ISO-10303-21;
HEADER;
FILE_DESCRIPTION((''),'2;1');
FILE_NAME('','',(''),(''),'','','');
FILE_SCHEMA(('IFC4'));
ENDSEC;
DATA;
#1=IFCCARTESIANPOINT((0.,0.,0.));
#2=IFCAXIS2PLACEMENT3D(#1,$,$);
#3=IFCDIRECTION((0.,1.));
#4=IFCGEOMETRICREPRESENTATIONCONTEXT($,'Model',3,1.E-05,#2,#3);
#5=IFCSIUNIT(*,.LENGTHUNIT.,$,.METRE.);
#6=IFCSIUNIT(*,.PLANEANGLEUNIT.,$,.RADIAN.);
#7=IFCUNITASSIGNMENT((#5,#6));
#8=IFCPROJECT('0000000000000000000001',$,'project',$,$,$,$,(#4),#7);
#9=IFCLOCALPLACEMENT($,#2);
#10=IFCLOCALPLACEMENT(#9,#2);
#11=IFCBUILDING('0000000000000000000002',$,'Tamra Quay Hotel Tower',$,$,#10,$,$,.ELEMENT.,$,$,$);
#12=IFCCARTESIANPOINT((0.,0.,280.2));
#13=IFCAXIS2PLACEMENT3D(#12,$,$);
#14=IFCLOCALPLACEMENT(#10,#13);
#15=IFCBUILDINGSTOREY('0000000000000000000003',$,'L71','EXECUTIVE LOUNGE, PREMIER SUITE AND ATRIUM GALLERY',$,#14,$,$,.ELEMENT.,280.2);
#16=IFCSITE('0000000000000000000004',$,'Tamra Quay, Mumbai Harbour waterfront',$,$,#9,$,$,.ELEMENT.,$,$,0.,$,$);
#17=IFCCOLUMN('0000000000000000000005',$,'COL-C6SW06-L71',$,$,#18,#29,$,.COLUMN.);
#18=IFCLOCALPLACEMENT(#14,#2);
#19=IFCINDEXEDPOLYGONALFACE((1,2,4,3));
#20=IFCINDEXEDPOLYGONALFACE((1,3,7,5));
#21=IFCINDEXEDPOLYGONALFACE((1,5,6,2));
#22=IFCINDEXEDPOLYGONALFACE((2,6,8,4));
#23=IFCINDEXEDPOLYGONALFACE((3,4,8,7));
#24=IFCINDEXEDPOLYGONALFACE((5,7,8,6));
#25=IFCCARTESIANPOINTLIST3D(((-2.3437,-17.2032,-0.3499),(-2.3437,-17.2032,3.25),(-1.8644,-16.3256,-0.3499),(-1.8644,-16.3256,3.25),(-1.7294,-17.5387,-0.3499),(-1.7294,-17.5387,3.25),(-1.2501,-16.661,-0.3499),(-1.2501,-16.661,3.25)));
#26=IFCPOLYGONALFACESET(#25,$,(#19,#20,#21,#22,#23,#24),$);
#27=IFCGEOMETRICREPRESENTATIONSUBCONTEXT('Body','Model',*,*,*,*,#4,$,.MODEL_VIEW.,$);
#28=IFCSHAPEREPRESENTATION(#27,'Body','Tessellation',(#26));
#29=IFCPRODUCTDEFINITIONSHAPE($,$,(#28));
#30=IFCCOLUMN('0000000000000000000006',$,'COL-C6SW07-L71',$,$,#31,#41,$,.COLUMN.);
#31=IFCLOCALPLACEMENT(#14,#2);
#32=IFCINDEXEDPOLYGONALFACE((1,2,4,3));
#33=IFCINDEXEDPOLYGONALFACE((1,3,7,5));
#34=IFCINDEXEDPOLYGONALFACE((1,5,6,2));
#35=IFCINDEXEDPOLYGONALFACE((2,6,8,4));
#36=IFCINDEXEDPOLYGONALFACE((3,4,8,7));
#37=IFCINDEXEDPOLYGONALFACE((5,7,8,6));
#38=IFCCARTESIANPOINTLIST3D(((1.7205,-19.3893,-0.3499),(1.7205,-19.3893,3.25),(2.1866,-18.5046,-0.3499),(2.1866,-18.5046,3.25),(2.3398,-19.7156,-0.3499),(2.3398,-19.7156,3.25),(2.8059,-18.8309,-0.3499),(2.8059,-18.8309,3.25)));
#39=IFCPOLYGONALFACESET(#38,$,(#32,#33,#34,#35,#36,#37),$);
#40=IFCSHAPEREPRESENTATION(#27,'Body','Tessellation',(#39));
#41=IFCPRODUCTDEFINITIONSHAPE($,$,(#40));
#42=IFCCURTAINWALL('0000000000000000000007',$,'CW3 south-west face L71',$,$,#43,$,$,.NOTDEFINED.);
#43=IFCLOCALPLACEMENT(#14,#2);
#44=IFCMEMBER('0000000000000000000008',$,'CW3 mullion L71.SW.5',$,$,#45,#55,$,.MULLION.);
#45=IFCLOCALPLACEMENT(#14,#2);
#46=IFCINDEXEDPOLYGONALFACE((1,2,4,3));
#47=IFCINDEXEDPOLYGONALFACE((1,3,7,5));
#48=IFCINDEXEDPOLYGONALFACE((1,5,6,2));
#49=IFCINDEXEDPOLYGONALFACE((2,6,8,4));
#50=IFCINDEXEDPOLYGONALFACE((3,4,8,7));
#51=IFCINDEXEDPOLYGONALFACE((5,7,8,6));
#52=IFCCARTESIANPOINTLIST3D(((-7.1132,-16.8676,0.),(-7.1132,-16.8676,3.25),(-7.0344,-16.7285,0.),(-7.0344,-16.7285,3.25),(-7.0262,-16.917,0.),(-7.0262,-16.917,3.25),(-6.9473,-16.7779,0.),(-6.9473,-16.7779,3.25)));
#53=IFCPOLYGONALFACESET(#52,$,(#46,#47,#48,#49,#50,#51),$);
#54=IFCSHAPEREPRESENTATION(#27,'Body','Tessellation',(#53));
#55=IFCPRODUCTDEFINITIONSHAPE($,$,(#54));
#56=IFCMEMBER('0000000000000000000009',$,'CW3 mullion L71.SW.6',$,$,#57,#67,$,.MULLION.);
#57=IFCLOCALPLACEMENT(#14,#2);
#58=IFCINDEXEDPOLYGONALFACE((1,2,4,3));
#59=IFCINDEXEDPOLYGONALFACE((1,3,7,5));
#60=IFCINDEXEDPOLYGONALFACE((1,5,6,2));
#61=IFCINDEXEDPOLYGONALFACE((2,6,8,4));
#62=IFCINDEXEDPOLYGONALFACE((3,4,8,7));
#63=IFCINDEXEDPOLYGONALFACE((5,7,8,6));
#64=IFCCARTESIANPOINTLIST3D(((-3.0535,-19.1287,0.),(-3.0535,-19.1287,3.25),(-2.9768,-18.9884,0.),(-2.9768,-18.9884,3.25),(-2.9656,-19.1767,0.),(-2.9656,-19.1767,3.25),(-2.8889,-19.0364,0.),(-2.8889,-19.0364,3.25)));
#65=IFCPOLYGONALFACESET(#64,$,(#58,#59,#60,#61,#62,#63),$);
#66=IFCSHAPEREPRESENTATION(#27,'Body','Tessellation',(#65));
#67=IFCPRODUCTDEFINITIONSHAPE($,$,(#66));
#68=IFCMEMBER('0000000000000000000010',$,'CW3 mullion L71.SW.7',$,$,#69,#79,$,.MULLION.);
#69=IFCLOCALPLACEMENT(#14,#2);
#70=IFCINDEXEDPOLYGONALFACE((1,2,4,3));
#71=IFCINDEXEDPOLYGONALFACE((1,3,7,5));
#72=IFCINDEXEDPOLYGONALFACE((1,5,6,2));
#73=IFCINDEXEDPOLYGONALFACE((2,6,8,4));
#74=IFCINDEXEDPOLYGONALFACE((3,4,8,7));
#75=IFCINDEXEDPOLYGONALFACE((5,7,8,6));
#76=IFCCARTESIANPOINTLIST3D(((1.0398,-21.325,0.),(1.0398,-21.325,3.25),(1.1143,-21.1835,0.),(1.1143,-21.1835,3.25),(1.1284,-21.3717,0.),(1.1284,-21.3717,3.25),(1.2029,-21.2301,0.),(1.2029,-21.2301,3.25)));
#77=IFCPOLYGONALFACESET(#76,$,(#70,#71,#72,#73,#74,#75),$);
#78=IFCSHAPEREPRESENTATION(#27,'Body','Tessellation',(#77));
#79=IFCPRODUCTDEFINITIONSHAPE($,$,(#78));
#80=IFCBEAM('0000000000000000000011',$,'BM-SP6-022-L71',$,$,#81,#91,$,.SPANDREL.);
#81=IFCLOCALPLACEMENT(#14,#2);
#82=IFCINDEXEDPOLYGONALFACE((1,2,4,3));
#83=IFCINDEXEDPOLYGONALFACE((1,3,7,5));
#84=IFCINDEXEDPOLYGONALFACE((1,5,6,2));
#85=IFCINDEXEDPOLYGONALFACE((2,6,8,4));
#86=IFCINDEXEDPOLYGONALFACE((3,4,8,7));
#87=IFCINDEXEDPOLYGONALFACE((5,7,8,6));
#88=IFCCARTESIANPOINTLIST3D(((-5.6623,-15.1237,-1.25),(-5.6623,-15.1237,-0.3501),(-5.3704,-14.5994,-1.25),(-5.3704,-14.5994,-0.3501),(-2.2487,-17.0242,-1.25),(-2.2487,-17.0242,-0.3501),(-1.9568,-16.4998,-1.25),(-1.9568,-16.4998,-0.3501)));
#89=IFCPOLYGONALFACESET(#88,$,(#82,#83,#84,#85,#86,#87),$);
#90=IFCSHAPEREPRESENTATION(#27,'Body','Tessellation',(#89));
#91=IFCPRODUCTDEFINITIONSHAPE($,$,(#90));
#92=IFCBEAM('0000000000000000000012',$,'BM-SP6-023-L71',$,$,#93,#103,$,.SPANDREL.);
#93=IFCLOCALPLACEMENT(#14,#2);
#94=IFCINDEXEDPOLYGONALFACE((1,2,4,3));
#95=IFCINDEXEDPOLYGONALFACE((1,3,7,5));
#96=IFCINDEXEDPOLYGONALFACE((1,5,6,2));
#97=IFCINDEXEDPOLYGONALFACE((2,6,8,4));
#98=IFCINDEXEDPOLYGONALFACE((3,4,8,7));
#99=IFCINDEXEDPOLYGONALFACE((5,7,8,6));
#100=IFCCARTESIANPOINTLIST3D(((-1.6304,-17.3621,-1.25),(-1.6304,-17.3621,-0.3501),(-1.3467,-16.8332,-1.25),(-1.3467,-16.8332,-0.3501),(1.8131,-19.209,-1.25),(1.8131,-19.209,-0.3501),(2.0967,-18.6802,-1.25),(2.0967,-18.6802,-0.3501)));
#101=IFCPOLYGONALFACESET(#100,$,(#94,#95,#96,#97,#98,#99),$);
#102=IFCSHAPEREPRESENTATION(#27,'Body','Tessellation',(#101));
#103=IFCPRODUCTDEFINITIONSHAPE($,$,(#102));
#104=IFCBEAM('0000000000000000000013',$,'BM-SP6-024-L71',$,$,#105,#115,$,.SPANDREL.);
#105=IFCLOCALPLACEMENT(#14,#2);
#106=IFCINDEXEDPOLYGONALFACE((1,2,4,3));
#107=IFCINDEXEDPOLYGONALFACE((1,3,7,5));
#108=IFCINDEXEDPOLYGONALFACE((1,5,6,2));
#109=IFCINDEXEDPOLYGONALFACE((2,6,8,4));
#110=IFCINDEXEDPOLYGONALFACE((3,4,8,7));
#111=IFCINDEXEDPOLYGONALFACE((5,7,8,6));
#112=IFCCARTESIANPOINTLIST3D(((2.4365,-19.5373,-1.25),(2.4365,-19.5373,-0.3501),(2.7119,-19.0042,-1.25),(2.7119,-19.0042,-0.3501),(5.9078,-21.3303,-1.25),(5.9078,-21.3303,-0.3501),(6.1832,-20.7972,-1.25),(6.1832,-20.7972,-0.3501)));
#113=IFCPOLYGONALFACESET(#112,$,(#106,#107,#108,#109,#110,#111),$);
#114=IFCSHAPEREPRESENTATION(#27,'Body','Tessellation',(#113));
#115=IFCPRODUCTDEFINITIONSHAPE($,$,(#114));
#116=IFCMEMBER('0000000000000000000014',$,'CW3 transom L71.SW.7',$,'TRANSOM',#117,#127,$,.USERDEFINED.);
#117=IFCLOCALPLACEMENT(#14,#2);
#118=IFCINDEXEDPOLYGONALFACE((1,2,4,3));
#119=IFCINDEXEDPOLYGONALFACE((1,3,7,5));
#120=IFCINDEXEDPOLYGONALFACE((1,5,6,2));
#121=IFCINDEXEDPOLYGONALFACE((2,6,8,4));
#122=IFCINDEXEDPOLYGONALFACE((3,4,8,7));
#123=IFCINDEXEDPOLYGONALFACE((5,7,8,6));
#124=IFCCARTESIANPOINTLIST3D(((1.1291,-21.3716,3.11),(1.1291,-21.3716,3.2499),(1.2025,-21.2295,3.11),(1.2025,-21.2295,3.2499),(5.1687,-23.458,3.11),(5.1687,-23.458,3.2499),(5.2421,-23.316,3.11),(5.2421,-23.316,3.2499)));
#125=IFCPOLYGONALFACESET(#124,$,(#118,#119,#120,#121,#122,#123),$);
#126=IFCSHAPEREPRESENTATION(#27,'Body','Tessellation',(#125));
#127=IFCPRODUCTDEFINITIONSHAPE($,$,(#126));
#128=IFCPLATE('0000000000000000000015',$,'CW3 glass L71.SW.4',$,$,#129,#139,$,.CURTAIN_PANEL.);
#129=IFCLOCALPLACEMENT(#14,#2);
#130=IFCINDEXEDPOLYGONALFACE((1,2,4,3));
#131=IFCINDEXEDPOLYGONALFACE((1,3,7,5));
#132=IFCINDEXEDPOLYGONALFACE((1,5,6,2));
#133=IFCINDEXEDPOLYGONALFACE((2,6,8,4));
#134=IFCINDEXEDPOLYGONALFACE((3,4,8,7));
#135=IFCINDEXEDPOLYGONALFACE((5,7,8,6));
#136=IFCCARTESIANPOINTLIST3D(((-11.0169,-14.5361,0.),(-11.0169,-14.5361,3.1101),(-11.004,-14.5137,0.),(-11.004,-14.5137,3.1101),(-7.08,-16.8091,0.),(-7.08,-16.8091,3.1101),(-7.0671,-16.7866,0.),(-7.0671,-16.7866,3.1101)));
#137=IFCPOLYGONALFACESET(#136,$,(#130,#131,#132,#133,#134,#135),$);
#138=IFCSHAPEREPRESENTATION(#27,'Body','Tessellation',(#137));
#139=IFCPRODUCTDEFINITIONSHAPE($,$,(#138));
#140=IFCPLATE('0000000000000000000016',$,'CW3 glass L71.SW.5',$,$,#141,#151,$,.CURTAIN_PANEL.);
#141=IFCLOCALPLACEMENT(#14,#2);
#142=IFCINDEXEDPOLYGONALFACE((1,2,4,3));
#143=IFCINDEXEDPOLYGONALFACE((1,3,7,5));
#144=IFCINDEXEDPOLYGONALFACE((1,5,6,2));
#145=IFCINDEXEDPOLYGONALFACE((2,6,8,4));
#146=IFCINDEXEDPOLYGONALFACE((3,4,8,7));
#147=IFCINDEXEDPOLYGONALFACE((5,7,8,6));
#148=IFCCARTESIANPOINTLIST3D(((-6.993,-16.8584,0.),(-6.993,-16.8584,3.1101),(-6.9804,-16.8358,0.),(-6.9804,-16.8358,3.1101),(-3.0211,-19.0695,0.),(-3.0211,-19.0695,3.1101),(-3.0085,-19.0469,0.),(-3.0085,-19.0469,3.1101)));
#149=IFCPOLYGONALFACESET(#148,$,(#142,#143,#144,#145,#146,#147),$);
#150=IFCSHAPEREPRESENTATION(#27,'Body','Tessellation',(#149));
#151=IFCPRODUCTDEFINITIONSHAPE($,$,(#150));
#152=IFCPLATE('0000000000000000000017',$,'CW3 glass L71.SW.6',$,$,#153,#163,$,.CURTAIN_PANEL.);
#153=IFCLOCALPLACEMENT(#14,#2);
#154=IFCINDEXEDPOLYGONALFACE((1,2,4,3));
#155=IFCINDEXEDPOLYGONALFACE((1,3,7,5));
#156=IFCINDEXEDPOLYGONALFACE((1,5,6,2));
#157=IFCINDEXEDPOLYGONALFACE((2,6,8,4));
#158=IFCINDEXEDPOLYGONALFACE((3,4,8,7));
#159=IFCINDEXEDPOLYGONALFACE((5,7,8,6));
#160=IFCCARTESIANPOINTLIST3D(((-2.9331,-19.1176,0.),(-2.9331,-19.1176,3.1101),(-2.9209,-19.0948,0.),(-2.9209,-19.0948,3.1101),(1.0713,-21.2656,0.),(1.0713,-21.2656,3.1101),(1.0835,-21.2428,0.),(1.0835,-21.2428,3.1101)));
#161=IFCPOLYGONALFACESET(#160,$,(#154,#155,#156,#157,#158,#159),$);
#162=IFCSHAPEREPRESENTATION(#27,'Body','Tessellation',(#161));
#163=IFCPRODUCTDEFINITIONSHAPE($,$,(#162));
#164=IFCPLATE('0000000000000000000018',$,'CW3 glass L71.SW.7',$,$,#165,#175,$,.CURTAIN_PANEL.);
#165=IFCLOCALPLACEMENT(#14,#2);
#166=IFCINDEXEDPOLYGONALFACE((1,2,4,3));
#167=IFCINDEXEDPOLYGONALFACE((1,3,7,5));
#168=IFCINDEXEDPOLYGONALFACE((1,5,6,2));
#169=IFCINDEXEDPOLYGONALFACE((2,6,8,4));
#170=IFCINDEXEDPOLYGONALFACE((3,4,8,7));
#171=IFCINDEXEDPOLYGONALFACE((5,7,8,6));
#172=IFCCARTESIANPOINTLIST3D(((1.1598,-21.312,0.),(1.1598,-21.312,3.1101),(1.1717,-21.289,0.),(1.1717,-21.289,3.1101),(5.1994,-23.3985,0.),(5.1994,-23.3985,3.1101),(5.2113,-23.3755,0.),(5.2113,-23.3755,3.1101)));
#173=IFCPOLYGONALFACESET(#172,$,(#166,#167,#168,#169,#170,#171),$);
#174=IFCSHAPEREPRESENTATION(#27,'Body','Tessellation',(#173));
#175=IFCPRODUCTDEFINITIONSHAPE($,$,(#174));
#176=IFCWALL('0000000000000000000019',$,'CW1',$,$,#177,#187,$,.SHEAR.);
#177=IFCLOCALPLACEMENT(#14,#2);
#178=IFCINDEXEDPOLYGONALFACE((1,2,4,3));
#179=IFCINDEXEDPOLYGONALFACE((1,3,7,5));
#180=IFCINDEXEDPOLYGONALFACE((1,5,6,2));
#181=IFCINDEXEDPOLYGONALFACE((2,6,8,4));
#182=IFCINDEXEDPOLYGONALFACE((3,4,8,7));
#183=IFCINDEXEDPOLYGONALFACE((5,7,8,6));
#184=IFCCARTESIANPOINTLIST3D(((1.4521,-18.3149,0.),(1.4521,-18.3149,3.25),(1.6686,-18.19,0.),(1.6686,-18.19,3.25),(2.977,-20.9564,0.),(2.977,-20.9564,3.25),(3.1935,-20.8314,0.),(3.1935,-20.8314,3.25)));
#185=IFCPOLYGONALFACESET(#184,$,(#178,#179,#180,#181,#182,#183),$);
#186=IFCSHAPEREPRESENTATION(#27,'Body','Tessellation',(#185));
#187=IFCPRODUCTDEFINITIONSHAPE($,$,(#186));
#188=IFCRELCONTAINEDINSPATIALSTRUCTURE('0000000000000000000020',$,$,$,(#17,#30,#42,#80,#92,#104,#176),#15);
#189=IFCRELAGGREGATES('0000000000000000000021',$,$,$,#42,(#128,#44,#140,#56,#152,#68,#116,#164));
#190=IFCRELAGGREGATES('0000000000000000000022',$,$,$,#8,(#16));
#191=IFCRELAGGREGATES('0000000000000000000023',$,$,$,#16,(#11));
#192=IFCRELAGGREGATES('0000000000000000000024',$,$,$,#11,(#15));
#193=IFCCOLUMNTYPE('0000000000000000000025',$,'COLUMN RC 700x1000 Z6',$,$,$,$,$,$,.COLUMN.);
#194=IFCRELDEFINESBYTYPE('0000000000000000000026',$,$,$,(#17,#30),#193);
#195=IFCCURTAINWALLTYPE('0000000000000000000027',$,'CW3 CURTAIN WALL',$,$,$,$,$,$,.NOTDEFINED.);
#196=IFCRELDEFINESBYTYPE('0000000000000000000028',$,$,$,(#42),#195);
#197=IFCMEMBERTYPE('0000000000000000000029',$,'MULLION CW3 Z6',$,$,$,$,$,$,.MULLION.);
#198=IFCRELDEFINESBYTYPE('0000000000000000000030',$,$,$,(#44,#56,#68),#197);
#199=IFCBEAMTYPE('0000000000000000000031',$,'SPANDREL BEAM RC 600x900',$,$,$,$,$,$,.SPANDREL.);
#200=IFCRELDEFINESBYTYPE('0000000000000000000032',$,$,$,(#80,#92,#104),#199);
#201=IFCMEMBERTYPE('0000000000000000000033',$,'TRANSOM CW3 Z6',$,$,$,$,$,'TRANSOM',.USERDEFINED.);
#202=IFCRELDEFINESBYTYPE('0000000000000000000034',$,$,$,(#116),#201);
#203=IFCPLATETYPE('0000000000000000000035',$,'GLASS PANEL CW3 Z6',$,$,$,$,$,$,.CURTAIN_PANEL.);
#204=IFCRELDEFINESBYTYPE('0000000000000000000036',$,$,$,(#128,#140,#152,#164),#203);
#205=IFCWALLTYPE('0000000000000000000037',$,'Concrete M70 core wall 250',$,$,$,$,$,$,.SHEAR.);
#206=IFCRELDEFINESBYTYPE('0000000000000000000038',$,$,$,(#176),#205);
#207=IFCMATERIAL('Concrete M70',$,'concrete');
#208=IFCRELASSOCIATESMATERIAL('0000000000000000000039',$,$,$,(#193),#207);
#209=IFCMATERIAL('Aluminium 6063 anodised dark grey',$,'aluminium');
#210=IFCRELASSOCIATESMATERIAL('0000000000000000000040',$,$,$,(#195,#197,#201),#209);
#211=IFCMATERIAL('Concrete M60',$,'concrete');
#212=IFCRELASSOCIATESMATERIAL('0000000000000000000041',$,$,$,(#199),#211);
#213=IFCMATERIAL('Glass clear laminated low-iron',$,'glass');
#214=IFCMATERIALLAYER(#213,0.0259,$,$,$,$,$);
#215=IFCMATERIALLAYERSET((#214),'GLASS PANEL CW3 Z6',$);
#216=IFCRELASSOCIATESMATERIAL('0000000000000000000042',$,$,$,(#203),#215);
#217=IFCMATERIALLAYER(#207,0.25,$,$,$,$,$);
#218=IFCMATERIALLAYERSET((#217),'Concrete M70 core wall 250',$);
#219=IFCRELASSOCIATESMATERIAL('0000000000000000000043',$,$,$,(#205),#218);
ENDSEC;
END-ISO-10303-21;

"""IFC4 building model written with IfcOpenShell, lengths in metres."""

from ifc_helpers import new_model, si_unit, direction, frame, frame_2d, origin, origin_2d, place, context, subcontext, project, spatial, rectangle, extrude, material, layer, layer_set, material_profile, profile_set, type_object, element, aggregate, save


model = new_model("IFC4")

# Units and contexts
model_context = context("Model", 3, precision=1e-05, world=origin(), true_north=direction((0.0, 1.0)))
body_context = subcontext(model_context, "Body", "Model", "MODEL_VIEW")
ifc_project = project(units=[si_unit("LENGTHUNIT", "METRE"), si_unit("PLANEANGLEUNIT", "RADIAN")], contexts=[model_context])

# Site, building, storey
site_placement = place(None, origin())
site = spatial("IfcSite", under=ifc_project, at=site_placement, Name="Tamra Quay, Mumbai Harbour waterfront", CompositionType="ELEMENT", RefElevation=0.0)
building_placement = place(site_placement, origin())
building = spatial("IfcBuilding", under=site, at=building_placement, Name="Tamra Quay Hotel Tower", CompositionType="ELEMENT")
storey_placement = place(building_placement, frame((0.0, 0.0, 280.2)))
storey = spatial("IfcBuildingStorey", under=building, at=storey_placement, Name="L71", Description="EXECUTIVE LOUNGE, PREMIER SUITE AND ATRIUM GALLERY", CompositionType="ELEMENT", Elevation=280.2)

# Columns
ifc_material_1 = material(Name="Concrete M70", Category="concrete")
ifc_material_profile_1 = material_profile(ifc_material_1, rectangle(XDim=1.0, YDim=0.7, at=origin_2d()), Name="COLUMN RC 700x1000 Z6")
ifc_profile_set_1 = profile_set([ifc_material_profile_1], Name="Concrete M70")
column_type = type_object("IfcColumnType", Name="COLUMN RC 700x1000 Z6", PredefinedType="COLUMN", material=ifc_profile_set_1)
for number, where, z_axis, x_axis, name in (
    (1, (-1.7969, -16.9321, -0.3499), (0.0, 0.0, 1.0), (0.479288, 0.877658, 0.0), "COL-C6SW06-L71"),
    (2, (2.2632, -19.1101, -0.3499), (0.0, 0.0, 1.0), (0.466118, 0.884723, 0.0), "COL-C6SW07-L71"),
):
    element("IfcColumn", number, at=place(storey_placement, frame(where, z_axis=z_axis, x_axis=x_axis)), inside=storey, type_object=column_type, Name=name, PredefinedType="COLUMN", context=body_context, shape_type="SweptSolid", body=[
        extrude(rectangle(XDim=1.0, YDim=0.7, at=origin_2d()), origin(), (0.0, 0.0, 1.0), 3.5999),
    ])

# Curtain wall, members
ifc_material_2 = material(Name="Aluminium 6063 anodised dark grey", Category="aluminium")
curtain_wall_type = type_object("IfcCurtainWallType", Name="CW3 CURTAIN WALL", PredefinedType="NOTDEFINED", material=ifc_material_2)
curtain_wall_placement = place(storey_placement, origin())
curtain_wall = element("IfcCurtainWall", 3, at=curtain_wall_placement, inside=storey, type_object=curtain_wall_type, Name="CW3 south-west face L71", PredefinedType="NOTDEFINED")
ifc_material_profile_2 = material_profile(ifc_material_2, rectangle(XDim=0.1599, YDim=0.1001, at=origin_2d()), Name="MULLION 100X160")
ifc_profile_set_2 = profile_set([ifc_material_profile_2], Name="Aluminium 6063 anodised dark grey")
member_type_1 = type_object("IfcMemberType", Name="MULLION CW3 Z6", PredefinedType="MULLION", material=ifc_profile_set_2)
member_1_placement = place(storey_placement, frame((-7.0303, -16.8228, 0.0), z_axis=(0.0, 0.0, 1.0), x_axis=(-0.493215, -0.869907, 0.0)))
member_1 = element("IfcMember", 4, at=member_1_placement, type_object=member_type_1, Name="CW3 mullion L71.SW.5", PredefinedType="MULLION", context=body_context, shape_type="SweptSolid", body=[
    extrude(rectangle(XDim=0.1599, YDim=0.1001, at=origin_2d()), origin(), (0.0, 0.0, 1.0), 3.25),
])
member_2_placement = place(storey_placement, frame((-2.9712, -19.0825, 0.0), z_axis=(0.0, 0.0, 1.0), x_axis=(-0.479565, -0.877507, 0.0)))
member_2 = element("IfcMember", 5, at=member_2_placement, type_object=member_type_1, Name="CW3 mullion L71.SW.6", PredefinedType="MULLION", context=body_context, shape_type="SweptSolid", body=[
    extrude(rectangle(XDim=0.1599, YDim=0.1001, at=origin_2d()), origin(), (0.0, 0.0, 1.0), 3.25),
])
member_3_placement = place(storey_placement, frame((1.1213, -21.2776, 0.0), z_axis=(0.0, 0.0, 1.0), x_axis=(-0.465816, -0.884882, 0.0)))
member_3 = element("IfcMember", 6, at=member_3_placement, type_object=member_type_1, Name="CW3 mullion L71.SW.7", PredefinedType="MULLION", context=body_context, shape_type="SweptSolid", body=[
    extrude(rectangle(XDim=0.1599, YDim=0.1001, at=origin_2d()), origin(), (0.0, 0.0, 1.0), 3.25),
])

# Beams
ifc_material_3 = material(Name="Concrete M60", Category="concrete")
ifc_material_profile_3 = material_profile(ifc_material_3, rectangle(XDim=0.6001, YDim=0.8999, at=origin_2d()), Name="SPANDREL BEAM RC 600x900")
ifc_profile_set_3 = profile_set([ifc_material_profile_3], Name="Concrete M60")
beam_type = type_object("IfcBeamType", Name="SPANDREL BEAM RC 600x900", PredefinedType="SPANDREL", material=ifc_profile_set_3)
beam_1_placement = place(storey_placement, frame((-5.5164, -14.8616, -0.8), z_axis=(0.873727, -0.486417, 0.0), x_axis=(0.486417, 0.873727, 0.0)))
element("IfcBeam", 7, at=beam_1_placement, inside=storey, type_object=beam_type, Name="BM-SP6-022-L71", PredefinedType="SPANDREL", context=body_context, shape_type="SweptSolid", body=[
    extrude(rectangle(XDim=0.6001, YDim=0.8999, at=origin_2d()), origin(), (0.0, 0.0, 1.0), 3.907),
])
beam_2_placement = place(storey_placement, frame((-1.4885, -17.0977, -0.8), z_axis=(0.881238, -0.472672, 0.0), x_axis=(0.472672, 0.881238, 0.0)))
element("IfcBeam", 8, at=beam_2_placement, inside=storey, type_object=beam_type, Name="BM-SP6-023-L71", PredefinedType="SPANDREL", context=body_context, shape_type="SweptSolid", body=[
    extrude(rectangle(XDim=0.6001, YDim=0.8999, at=origin_2d()), origin(), (0.0, 0.0, 1.0), 3.9075),
])
beam_3_placement = place(storey_placement, frame((2.5742, -19.2708, -0.8), z_axis=(0.888476, -0.458923, 0.0), x_axis=(0.458923, 0.888476, 0.0)))
element("IfcBeam", 9, at=beam_3_placement, inside=storey, type_object=beam_type, Name="BM-SP6-024-L71", PredefinedType="SPANDREL", context=body_context, shape_type="SweptSolid", body=[
    extrude(rectangle(XDim=0.6001, YDim=0.8999, at=origin_2d()), origin(), (0.0, 0.0, 1.0), 3.907),
])

# Member
ifc_material_profile_4 = material_profile(ifc_material_2, rectangle(XDim=0.1599, YDim=0.1399, at=origin_2d()), Name="TRANSOM 160X140")
ifc_profile_set_4 = profile_set([ifc_material_profile_4], Name="Aluminium 6063 anodised dark grey")
member_type_2 = type_object("IfcMemberType", Name="TRANSOM CW3 Z6", ElementType="TRANSOM", PredefinedType="USERDEFINED", material=ifc_profile_set_4)
member_4_placement = place(storey_placement, frame((1.1658, -21.3005, 3.1799), z_axis=(0.888486, -0.458903, 0.0), x_axis=(0.458903, 0.888486, 0.0)))
member_4 = element("IfcMember", 10, at=member_4_placement, type_object=member_type_2, Name="CW3 transom L71.SW.7", ObjectType="TRANSOM", PredefinedType="USERDEFINED", context=body_context, shape_type="SweptSolid", body=[
    extrude(rectangle(XDim=0.1599, YDim=0.1399, at=origin_2d()), origin(), (0.0, 0.0, 1.0), 4.5466),
])

# Plates
ifc_material_4 = material(Name="Glass clear laminated low-iron", Category="glass")
ifc_layer_1 = layer(ifc_material_4, 0.0259)
ifc_layer_set_1 = layer_set([ifc_layer_1], Name="GLASS PANEL CW3 Z6")
plate_type = type_object("IfcPlateType", Name="GLASS PANEL CW3 Z6", PredefinedType="CURTAIN_PANEL", material=ifc_layer_set_1)
plate_1_placement = place(storey_placement, frame((-9.042, -15.6614, 0.0), z_axis=(0.0, 0.0, 1.0), x_axis=(0.866025, -0.5, 0.0)))
plate_1 = element("IfcPlate", 11, at=plate_1_placement, type_object=plate_type, Name="CW3 glass L71.SW.4", PredefinedType="CURTAIN_PANEL", context=body_context, shape_type="SweptSolid", body=[
    extrude(rectangle(XDim=4.5459, YDim=0.0259, at=origin_2d()), origin(), (0.0, 0.0, 1.0), 3.1101),
])
plate_2_placement = place(storey_placement, frame((-5.0007, -17.9526, 0.0), z_axis=(0.0, 0.0, 1.0), x_axis=(0.873736, -0.4864, 0.0)))
plate_2 = element("IfcPlate", 12, at=plate_2_placement, type_object=plate_type, Name="CW3 glass L71.SW.5", PredefinedType="CURTAIN_PANEL", context=body_context, shape_type="SweptSolid", body=[
    extrude(rectangle(XDim=4.5459, YDim=0.0259, at=origin_2d()), origin(), (0.0, 0.0, 1.0), 3.1101),
])
plate_3_placement = place(storey_placement, frame((-0.9248, -20.1802, 0.0), z_axis=(0.0, 0.0, 1.0), x_axis=(0.881224, -0.4727, 0.0)))
plate_3 = element("IfcPlate", 13, at=plate_3_placement, type_object=plate_type, Name="CW3 glass L71.SW.6", PredefinedType="CURTAIN_PANEL", context=body_context, shape_type="SweptSolid", body=[
    extrude(rectangle(XDim=4.5442, YDim=0.0259, at=origin_2d()), origin(), (0.0, 0.0, 1.0), 3.1101),
])
plate_4_placement = place(storey_placement, frame((3.1855, -22.3438, 0.0), z_axis=(0.0, 0.0, 1.0), x_axis=(0.888486, -0.458903, 0.0)))
plate_4 = element("IfcPlate", 14, at=plate_4_placement, type_object=plate_type, Name="CW3 glass L71.SW.7", PredefinedType="CURTAIN_PANEL", context=body_context, shape_type="SweptSolid", body=[
    extrude(rectangle(XDim=4.5466, YDim=0.0259, at=origin_2d()), origin(), (0.0, 0.0, 1.0), 3.1101),
])
aggregate(curtain_wall, [plate_1, member_1, plate_2, member_2, plate_3, member_3, member_4, plate_4])

# Wall
ifc_layer_2 = layer(ifc_material_1, 0.25)
ifc_layer_set_2 = layer_set([ifc_layer_2], Name="Concrete M70 core wall 250")
wall_type_1 = type_object("IfcWallType", Name="Concrete M70 core wall 250", PredefinedType="SHEAR", material=ifc_layer_set_2)
wall_1_placement = place(storey_placement, frame((3.0852, -20.8938, 0.0), z_axis=(0.0, 0.0, 1.0), x_axis=(-0.499979, 0.866038, 0.0)))
element("IfcWall", 15, at=wall_1_placement, inside=storey, type_object=wall_type_1, Name="CW1", PredefinedType="SHEAR", context=body_context, shape_type="SweptSolid", body=[
    extrude(rectangle(XDim=3.05, YDim=0.25, at=frame_2d((1.5249, 0.0))), origin(), (0.0, 0.0, 1.0), 3.25),
])

save(model, "model.ifc")
